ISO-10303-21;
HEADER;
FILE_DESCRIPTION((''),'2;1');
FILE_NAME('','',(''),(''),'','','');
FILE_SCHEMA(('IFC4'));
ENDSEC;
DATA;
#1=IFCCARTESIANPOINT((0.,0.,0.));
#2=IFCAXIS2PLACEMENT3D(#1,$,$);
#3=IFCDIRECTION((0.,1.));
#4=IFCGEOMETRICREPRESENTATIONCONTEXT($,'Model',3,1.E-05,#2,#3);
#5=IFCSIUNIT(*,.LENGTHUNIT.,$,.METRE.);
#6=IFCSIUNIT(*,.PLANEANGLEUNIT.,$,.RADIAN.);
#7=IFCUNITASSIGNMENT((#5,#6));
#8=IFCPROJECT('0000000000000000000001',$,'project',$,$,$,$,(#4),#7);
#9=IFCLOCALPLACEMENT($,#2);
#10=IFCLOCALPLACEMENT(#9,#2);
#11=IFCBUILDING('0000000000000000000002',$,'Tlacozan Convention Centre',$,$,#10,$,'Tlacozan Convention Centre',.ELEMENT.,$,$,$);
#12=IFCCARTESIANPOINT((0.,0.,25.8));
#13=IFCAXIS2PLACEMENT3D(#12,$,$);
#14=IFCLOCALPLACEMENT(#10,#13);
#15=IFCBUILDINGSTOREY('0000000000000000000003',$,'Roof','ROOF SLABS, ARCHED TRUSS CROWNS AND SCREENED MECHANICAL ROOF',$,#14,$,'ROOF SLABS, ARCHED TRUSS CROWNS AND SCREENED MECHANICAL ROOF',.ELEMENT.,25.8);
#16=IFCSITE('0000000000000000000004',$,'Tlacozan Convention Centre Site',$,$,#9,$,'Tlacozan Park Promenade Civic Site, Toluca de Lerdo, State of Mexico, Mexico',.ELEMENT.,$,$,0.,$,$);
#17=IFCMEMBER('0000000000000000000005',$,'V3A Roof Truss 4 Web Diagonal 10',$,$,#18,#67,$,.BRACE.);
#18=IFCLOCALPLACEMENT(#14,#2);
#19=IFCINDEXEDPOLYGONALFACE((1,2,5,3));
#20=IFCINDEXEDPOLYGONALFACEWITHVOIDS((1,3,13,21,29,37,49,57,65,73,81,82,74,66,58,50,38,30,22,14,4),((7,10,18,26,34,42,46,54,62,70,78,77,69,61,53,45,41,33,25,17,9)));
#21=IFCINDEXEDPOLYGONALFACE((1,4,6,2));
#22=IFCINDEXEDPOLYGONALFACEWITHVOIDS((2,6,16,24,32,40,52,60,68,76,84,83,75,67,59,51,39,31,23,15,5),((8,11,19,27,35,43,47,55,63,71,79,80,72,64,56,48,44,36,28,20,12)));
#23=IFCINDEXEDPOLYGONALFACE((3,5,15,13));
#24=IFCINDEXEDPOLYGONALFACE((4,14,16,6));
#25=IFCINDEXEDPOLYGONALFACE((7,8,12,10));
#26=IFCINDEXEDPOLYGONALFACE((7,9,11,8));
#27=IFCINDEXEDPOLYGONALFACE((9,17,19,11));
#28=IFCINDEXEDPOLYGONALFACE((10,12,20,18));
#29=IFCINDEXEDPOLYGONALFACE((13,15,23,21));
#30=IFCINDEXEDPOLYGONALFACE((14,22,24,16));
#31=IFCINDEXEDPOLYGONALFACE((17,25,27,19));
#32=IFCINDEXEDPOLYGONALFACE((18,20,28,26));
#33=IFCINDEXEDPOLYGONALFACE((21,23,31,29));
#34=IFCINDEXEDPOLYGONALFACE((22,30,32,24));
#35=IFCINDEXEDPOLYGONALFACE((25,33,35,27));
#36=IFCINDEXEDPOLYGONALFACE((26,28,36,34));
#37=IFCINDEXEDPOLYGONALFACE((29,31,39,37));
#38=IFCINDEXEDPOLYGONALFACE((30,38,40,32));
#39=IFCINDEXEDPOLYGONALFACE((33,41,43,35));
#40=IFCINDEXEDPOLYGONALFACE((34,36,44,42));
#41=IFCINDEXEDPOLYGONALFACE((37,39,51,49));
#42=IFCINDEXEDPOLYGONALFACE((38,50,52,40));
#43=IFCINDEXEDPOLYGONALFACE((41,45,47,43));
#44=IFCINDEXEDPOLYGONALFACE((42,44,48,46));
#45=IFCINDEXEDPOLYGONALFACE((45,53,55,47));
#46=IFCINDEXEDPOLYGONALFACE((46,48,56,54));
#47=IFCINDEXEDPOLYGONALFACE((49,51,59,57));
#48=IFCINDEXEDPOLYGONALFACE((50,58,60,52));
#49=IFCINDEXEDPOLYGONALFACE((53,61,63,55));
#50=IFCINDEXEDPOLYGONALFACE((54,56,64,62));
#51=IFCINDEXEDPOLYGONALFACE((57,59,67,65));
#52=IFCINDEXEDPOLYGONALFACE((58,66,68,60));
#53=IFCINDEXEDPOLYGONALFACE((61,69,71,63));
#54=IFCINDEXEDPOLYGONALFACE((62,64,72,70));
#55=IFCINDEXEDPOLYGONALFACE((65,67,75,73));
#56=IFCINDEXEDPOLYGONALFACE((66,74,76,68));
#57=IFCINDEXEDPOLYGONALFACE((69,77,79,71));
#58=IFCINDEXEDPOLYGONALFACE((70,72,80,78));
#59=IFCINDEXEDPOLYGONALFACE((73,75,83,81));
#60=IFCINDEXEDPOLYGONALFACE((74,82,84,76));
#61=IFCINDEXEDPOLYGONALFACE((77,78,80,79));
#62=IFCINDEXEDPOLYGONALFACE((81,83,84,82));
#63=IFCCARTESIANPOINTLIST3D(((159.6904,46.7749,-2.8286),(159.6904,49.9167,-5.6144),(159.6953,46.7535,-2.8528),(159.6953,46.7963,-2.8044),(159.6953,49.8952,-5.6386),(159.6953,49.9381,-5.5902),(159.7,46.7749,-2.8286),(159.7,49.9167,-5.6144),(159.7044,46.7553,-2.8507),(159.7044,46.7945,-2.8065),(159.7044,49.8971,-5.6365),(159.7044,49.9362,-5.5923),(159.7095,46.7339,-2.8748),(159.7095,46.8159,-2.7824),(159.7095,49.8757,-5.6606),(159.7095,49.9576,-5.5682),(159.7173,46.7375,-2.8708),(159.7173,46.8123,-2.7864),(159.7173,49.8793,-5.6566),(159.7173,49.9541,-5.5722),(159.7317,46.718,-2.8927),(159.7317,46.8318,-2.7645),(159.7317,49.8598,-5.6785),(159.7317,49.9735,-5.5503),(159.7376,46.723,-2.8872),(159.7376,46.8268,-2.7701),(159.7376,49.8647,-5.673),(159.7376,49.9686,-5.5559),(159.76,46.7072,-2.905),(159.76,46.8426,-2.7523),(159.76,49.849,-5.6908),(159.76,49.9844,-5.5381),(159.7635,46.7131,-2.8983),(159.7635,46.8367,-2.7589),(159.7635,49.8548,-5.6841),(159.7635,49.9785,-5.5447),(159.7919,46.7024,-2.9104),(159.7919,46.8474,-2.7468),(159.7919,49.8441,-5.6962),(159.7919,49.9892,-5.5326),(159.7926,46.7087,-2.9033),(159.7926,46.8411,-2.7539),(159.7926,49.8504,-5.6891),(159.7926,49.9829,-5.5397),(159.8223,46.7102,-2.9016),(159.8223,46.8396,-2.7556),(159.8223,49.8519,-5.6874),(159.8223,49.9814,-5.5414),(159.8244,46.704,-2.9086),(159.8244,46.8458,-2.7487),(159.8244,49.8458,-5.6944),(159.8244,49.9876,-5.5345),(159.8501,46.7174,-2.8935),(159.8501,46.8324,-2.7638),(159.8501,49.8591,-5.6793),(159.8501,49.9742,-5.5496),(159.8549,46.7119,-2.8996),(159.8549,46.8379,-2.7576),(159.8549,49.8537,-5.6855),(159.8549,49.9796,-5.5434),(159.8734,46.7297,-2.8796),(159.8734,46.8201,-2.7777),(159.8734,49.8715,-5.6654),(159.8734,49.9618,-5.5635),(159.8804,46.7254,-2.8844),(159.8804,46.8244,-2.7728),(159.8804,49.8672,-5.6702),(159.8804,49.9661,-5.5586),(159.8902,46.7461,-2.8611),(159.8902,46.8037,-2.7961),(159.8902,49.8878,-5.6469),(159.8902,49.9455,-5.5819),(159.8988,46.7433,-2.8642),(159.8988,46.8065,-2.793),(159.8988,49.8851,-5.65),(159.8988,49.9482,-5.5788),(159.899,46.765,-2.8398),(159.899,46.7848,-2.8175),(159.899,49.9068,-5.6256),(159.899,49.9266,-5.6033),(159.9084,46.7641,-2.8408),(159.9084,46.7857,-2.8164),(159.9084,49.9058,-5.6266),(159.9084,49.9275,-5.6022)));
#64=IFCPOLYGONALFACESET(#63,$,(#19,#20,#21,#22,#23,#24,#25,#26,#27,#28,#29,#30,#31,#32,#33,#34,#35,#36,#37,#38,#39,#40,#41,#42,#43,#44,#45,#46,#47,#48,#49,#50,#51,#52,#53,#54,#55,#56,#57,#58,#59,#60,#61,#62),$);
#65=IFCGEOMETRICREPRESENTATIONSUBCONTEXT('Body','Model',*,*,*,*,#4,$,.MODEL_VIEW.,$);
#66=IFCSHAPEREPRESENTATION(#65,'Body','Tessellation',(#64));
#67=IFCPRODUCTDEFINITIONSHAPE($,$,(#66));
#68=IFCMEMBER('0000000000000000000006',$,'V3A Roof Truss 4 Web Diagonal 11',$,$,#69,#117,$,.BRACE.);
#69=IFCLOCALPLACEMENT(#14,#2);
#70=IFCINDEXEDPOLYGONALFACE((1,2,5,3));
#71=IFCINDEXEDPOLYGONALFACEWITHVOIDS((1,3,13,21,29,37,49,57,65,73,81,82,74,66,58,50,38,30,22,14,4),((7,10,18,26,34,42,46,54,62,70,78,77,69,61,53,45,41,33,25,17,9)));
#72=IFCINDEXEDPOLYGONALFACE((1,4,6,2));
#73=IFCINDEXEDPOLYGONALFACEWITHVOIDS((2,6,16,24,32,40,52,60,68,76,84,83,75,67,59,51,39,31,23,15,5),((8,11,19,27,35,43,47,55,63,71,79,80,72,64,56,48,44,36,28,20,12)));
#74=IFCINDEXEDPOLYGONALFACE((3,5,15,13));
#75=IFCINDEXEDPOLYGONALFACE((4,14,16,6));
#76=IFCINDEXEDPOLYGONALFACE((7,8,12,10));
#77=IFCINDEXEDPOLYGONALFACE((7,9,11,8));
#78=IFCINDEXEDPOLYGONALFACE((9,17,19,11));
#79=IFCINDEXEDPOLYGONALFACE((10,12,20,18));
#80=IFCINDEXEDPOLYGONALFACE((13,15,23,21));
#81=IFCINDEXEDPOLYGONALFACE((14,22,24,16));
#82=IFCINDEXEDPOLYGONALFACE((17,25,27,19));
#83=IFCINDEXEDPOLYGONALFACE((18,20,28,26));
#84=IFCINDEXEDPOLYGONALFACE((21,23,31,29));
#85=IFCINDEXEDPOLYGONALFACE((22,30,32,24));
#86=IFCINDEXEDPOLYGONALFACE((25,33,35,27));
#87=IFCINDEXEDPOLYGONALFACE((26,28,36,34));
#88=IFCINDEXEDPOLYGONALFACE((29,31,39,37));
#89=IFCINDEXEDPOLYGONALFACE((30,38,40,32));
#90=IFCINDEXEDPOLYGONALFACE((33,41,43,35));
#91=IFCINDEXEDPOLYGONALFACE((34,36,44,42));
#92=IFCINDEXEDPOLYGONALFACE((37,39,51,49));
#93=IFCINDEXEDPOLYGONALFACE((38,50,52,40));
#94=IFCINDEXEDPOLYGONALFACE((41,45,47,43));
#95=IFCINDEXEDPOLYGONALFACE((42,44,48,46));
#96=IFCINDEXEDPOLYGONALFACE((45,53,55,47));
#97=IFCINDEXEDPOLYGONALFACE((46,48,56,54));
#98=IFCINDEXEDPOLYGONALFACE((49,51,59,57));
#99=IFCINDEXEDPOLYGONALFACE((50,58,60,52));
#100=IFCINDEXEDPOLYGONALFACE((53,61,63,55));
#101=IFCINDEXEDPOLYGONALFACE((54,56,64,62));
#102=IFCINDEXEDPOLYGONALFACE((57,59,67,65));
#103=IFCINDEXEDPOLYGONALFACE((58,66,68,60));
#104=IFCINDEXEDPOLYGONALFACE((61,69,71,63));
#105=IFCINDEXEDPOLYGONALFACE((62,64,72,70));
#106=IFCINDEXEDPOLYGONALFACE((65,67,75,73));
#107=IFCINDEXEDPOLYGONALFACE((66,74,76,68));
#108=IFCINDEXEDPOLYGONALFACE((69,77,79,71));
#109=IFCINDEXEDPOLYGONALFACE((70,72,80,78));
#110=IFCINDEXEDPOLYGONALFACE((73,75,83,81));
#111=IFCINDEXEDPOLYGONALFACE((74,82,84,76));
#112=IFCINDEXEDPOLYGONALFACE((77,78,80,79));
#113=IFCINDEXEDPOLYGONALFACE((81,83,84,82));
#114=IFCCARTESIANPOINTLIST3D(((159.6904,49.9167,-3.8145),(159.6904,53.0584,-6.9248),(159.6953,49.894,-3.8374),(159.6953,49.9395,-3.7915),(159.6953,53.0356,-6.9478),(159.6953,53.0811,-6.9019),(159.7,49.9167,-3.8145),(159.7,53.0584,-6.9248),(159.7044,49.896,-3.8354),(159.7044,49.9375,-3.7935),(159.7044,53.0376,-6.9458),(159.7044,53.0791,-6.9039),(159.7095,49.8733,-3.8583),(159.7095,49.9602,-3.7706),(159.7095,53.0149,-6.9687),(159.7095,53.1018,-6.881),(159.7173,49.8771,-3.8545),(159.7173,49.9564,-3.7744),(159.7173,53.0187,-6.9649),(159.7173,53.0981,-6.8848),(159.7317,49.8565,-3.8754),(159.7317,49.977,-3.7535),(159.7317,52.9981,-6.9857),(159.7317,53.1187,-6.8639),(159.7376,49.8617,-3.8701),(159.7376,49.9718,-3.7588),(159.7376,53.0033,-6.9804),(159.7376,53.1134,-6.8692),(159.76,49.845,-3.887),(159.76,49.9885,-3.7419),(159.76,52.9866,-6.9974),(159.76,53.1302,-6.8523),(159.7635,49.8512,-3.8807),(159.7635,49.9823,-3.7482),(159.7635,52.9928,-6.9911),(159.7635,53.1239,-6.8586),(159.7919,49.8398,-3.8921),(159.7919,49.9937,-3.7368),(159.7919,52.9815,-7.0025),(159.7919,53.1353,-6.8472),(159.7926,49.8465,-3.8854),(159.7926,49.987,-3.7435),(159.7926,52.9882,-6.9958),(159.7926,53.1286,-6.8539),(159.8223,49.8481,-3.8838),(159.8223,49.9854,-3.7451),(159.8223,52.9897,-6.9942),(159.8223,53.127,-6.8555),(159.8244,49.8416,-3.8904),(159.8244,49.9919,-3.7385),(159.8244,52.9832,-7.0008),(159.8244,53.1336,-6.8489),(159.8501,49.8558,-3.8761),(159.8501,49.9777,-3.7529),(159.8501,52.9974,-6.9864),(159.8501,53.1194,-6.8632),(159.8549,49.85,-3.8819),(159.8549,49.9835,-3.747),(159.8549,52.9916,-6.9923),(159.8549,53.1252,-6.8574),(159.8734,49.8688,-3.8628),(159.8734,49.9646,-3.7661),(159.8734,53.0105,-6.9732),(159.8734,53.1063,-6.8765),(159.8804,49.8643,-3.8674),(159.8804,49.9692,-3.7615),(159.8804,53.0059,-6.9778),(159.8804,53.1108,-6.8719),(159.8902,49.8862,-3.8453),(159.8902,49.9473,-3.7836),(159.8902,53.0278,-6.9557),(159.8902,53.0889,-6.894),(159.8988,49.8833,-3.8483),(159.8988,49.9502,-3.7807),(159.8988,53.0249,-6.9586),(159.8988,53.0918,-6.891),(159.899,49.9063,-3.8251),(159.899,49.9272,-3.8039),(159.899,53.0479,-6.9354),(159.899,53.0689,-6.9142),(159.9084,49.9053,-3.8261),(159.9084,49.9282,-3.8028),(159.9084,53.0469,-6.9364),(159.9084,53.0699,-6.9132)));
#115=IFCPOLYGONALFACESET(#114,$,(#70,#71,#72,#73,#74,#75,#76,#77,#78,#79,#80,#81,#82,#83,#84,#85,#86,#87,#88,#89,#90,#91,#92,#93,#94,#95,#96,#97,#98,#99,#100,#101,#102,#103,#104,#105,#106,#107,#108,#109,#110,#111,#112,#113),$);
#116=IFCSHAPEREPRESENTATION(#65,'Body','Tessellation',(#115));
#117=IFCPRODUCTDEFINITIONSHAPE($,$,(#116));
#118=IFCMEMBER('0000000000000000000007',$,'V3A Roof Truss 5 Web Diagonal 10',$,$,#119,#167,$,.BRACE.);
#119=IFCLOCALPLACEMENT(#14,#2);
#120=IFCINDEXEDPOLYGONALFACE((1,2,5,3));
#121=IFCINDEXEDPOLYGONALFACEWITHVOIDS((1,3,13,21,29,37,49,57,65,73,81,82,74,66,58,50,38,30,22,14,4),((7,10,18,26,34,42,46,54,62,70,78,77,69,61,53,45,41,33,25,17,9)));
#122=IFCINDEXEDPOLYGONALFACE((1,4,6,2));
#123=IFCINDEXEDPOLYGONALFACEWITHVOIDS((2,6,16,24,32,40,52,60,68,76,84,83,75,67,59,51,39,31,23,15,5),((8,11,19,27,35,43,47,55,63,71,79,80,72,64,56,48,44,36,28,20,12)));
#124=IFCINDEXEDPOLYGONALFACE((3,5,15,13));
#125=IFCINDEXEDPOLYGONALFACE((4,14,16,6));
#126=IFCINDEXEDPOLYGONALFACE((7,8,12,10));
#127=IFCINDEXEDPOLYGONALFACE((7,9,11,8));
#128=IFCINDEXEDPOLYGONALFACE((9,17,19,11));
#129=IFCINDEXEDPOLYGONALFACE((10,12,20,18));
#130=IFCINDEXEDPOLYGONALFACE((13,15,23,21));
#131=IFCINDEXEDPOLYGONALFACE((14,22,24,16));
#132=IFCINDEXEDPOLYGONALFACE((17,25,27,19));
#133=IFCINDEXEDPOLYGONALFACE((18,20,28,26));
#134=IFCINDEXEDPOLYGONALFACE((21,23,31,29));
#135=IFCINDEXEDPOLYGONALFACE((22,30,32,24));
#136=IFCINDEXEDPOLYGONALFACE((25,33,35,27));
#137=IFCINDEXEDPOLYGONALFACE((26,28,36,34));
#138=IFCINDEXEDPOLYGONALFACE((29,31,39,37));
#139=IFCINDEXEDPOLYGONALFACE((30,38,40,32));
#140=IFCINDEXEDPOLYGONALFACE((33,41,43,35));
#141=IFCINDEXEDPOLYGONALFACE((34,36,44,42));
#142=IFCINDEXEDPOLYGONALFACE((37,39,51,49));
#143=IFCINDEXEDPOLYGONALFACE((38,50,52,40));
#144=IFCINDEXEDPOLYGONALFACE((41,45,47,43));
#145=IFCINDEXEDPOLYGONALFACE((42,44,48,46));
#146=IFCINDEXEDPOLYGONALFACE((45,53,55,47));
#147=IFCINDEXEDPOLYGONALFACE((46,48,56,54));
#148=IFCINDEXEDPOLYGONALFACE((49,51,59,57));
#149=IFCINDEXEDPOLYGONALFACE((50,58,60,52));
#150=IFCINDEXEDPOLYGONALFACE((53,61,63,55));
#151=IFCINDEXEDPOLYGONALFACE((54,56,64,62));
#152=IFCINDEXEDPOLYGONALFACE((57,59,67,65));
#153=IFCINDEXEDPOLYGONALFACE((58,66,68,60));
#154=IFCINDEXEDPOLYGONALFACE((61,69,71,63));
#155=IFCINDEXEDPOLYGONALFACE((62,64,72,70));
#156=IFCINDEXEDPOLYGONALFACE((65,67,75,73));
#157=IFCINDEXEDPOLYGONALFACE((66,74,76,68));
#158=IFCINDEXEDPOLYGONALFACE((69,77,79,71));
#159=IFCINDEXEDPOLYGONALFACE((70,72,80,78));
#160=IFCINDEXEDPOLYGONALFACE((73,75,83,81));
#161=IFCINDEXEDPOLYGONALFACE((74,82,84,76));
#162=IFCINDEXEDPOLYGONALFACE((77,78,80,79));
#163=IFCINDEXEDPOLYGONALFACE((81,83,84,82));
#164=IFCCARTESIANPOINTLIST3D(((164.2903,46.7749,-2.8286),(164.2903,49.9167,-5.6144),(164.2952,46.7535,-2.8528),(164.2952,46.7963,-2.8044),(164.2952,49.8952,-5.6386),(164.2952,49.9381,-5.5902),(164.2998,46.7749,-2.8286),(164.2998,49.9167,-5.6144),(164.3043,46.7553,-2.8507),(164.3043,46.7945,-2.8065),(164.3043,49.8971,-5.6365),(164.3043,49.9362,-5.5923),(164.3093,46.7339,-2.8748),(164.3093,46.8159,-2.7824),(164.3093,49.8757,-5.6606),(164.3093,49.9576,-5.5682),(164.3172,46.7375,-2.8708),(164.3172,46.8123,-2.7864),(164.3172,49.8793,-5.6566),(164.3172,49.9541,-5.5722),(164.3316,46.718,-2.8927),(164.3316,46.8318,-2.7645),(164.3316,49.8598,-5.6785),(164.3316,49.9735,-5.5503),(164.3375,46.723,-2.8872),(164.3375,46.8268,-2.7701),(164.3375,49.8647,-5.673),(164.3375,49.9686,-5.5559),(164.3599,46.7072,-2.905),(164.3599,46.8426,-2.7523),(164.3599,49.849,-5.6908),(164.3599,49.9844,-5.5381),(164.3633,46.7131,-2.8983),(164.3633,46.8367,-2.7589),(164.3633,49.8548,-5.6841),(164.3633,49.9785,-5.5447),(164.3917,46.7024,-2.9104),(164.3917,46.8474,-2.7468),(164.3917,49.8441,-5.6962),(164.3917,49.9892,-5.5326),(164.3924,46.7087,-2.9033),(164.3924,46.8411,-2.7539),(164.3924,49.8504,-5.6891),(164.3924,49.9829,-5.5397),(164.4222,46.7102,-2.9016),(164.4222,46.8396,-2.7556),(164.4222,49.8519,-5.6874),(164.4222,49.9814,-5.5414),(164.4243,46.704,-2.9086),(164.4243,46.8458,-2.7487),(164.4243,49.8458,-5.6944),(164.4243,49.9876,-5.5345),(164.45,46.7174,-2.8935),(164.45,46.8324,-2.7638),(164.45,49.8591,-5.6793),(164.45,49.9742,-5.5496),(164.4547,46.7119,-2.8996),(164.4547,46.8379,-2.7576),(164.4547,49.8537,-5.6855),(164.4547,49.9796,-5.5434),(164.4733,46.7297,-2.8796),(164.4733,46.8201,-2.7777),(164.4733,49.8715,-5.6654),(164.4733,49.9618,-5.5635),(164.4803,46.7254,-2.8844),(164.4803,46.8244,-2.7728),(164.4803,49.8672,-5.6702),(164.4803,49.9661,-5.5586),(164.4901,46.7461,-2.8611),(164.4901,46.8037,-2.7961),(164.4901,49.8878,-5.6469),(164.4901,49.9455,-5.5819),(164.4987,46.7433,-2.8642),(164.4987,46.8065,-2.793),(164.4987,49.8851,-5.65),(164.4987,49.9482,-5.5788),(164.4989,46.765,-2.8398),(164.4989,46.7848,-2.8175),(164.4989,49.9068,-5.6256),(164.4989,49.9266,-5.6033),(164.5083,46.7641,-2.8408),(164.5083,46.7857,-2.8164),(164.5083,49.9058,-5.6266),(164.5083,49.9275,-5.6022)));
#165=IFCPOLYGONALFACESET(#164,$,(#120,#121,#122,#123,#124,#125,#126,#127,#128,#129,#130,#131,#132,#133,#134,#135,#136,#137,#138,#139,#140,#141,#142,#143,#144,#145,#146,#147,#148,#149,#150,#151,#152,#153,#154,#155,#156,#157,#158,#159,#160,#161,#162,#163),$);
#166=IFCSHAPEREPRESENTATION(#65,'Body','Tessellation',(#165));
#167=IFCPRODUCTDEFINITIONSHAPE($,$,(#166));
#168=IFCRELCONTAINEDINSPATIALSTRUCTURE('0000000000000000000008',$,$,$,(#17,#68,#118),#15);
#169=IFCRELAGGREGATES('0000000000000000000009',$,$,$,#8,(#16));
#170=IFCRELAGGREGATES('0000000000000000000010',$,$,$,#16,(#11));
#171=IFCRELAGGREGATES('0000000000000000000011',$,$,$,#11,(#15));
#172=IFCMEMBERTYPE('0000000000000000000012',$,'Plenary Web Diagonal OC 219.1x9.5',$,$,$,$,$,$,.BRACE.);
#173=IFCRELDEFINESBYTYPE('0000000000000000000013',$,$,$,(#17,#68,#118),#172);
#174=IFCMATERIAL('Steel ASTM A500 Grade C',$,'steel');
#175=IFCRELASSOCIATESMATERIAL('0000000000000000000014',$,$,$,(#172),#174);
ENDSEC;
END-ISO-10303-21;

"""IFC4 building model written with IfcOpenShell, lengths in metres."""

from ifc_helpers import new_model, si_unit, direction, frame, origin, origin_2d, place, context, subcontext, project, spatial, hollow_circle, extrude, material, material_profile, profile_set, type_object, element, save


model = new_model("IFC4")

# Units and contexts
model_context = context("Model", 3, precision=1e-05, world=origin(), true_north=direction((0.0, 1.0)))
body_context = subcontext(model_context, "Body", "Model", "MODEL_VIEW")
ifc_project = project(units=[si_unit("LENGTHUNIT", "METRE"), si_unit("PLANEANGLEUNIT", "RADIAN")], contexts=[model_context])

# Site, building, storey
site_placement = place(None, origin())
site = spatial("IfcSite", under=ifc_project, at=site_placement, Name="Tlacozan Convention Centre Site", LongName="Tlacozan Park Promenade Civic Site, Toluca de Lerdo, State of Mexico, Mexico", CompositionType="ELEMENT", RefElevation=0.0)
building_placement = place(site_placement, origin())
building = spatial("IfcBuilding", under=site, at=building_placement, Name="Tlacozan Convention Centre", LongName="Tlacozan Convention Centre", CompositionType="ELEMENT")
storey_placement = place(building_placement, frame((0.0, 0.0, 25.8)))
storey = spatial("IfcBuildingStorey", under=building, at=storey_placement, Name="Roof", Description="ROOF SLABS, ARCHED TRUSS CROWNS AND SCREENED MECHANICAL ROOF", LongName="ROOF SLABS, ARCHED TRUSS CROWNS AND SCREENED MECHANICAL ROOF", CompositionType="ELEMENT", Elevation=25.8)

# Members
ifc_material_1 = material(Name="Steel ASTM A500 Grade C", Category="steel")
ifc_material_profile_1 = material_profile(ifc_material_1, hollow_circle(Radius=0.1096, WallThickness=0.0095, at=origin_2d()), Name="OC 219.1x9.5")
ifc_profile_set_1 = profile_set([ifc_material_profile_1], Name="Steel ASTM A500 Grade C")
member_type_1 = type_object("IfcMemberType", Name="Plenary Web Diagonal OC 219.1x9.5", PredefinedType="BRACE", material=ifc_profile_set_1)
member_1_placement = place(storey_placement, frame((159.8, 46.7749, -2.8286), z_axis=(0.0, 0.74822, -0.66345), x_axis=(-1.0, 0.0, 0.0)))
element("IfcMember", 1, at=member_1_placement, inside=storey, type_object=member_type_1, Name="V3A Roof Truss 4 Web Diagonal 10", PredefinedType="BRACE", context=body_context, shape_type="SweptSolid", body=[
    extrude(hollow_circle(Radius=0.1096, WallThickness=0.0095, at=origin_2d()), origin(), (0.0, 0.0, 1.0), 4.199),
])
member_2_placement = place(storey_placement, frame((159.8, 49.9167, -3.8145), z_axis=(0.0, 0.710632, -0.703564), x_axis=(-1.0, 0.0, 0.0)))
element("IfcMember", 2, at=member_2_placement, inside=storey, type_object=member_type_1, Name="V3A Roof Truss 4 Web Diagonal 11", PredefinedType="BRACE", context=body_context, shape_type="SweptSolid", body=[
    extrude(hollow_circle(Radius=0.1096, WallThickness=0.0095, at=origin_2d()), origin(), (0.0, 0.0, 1.0), 4.4209),
])
member_3_placement = place(storey_placement, frame((164.3999, 46.7749, -2.8286), z_axis=(0.0, 0.74822, -0.66345), x_axis=(-1.0, 0.0, 0.0)))
element("IfcMember", 3, at=member_3_placement, inside=storey, type_object=member_type_1, Name="V3A Roof Truss 5 Web Diagonal 10", PredefinedType="BRACE", context=body_context, shape_type="SweptSolid", body=[
    extrude(hollow_circle(Radius=0.1096, WallThickness=0.0095, at=origin_2d()), origin(), (0.0, 0.0, 1.0), 4.199),
])

save(model, "model.ifc")
